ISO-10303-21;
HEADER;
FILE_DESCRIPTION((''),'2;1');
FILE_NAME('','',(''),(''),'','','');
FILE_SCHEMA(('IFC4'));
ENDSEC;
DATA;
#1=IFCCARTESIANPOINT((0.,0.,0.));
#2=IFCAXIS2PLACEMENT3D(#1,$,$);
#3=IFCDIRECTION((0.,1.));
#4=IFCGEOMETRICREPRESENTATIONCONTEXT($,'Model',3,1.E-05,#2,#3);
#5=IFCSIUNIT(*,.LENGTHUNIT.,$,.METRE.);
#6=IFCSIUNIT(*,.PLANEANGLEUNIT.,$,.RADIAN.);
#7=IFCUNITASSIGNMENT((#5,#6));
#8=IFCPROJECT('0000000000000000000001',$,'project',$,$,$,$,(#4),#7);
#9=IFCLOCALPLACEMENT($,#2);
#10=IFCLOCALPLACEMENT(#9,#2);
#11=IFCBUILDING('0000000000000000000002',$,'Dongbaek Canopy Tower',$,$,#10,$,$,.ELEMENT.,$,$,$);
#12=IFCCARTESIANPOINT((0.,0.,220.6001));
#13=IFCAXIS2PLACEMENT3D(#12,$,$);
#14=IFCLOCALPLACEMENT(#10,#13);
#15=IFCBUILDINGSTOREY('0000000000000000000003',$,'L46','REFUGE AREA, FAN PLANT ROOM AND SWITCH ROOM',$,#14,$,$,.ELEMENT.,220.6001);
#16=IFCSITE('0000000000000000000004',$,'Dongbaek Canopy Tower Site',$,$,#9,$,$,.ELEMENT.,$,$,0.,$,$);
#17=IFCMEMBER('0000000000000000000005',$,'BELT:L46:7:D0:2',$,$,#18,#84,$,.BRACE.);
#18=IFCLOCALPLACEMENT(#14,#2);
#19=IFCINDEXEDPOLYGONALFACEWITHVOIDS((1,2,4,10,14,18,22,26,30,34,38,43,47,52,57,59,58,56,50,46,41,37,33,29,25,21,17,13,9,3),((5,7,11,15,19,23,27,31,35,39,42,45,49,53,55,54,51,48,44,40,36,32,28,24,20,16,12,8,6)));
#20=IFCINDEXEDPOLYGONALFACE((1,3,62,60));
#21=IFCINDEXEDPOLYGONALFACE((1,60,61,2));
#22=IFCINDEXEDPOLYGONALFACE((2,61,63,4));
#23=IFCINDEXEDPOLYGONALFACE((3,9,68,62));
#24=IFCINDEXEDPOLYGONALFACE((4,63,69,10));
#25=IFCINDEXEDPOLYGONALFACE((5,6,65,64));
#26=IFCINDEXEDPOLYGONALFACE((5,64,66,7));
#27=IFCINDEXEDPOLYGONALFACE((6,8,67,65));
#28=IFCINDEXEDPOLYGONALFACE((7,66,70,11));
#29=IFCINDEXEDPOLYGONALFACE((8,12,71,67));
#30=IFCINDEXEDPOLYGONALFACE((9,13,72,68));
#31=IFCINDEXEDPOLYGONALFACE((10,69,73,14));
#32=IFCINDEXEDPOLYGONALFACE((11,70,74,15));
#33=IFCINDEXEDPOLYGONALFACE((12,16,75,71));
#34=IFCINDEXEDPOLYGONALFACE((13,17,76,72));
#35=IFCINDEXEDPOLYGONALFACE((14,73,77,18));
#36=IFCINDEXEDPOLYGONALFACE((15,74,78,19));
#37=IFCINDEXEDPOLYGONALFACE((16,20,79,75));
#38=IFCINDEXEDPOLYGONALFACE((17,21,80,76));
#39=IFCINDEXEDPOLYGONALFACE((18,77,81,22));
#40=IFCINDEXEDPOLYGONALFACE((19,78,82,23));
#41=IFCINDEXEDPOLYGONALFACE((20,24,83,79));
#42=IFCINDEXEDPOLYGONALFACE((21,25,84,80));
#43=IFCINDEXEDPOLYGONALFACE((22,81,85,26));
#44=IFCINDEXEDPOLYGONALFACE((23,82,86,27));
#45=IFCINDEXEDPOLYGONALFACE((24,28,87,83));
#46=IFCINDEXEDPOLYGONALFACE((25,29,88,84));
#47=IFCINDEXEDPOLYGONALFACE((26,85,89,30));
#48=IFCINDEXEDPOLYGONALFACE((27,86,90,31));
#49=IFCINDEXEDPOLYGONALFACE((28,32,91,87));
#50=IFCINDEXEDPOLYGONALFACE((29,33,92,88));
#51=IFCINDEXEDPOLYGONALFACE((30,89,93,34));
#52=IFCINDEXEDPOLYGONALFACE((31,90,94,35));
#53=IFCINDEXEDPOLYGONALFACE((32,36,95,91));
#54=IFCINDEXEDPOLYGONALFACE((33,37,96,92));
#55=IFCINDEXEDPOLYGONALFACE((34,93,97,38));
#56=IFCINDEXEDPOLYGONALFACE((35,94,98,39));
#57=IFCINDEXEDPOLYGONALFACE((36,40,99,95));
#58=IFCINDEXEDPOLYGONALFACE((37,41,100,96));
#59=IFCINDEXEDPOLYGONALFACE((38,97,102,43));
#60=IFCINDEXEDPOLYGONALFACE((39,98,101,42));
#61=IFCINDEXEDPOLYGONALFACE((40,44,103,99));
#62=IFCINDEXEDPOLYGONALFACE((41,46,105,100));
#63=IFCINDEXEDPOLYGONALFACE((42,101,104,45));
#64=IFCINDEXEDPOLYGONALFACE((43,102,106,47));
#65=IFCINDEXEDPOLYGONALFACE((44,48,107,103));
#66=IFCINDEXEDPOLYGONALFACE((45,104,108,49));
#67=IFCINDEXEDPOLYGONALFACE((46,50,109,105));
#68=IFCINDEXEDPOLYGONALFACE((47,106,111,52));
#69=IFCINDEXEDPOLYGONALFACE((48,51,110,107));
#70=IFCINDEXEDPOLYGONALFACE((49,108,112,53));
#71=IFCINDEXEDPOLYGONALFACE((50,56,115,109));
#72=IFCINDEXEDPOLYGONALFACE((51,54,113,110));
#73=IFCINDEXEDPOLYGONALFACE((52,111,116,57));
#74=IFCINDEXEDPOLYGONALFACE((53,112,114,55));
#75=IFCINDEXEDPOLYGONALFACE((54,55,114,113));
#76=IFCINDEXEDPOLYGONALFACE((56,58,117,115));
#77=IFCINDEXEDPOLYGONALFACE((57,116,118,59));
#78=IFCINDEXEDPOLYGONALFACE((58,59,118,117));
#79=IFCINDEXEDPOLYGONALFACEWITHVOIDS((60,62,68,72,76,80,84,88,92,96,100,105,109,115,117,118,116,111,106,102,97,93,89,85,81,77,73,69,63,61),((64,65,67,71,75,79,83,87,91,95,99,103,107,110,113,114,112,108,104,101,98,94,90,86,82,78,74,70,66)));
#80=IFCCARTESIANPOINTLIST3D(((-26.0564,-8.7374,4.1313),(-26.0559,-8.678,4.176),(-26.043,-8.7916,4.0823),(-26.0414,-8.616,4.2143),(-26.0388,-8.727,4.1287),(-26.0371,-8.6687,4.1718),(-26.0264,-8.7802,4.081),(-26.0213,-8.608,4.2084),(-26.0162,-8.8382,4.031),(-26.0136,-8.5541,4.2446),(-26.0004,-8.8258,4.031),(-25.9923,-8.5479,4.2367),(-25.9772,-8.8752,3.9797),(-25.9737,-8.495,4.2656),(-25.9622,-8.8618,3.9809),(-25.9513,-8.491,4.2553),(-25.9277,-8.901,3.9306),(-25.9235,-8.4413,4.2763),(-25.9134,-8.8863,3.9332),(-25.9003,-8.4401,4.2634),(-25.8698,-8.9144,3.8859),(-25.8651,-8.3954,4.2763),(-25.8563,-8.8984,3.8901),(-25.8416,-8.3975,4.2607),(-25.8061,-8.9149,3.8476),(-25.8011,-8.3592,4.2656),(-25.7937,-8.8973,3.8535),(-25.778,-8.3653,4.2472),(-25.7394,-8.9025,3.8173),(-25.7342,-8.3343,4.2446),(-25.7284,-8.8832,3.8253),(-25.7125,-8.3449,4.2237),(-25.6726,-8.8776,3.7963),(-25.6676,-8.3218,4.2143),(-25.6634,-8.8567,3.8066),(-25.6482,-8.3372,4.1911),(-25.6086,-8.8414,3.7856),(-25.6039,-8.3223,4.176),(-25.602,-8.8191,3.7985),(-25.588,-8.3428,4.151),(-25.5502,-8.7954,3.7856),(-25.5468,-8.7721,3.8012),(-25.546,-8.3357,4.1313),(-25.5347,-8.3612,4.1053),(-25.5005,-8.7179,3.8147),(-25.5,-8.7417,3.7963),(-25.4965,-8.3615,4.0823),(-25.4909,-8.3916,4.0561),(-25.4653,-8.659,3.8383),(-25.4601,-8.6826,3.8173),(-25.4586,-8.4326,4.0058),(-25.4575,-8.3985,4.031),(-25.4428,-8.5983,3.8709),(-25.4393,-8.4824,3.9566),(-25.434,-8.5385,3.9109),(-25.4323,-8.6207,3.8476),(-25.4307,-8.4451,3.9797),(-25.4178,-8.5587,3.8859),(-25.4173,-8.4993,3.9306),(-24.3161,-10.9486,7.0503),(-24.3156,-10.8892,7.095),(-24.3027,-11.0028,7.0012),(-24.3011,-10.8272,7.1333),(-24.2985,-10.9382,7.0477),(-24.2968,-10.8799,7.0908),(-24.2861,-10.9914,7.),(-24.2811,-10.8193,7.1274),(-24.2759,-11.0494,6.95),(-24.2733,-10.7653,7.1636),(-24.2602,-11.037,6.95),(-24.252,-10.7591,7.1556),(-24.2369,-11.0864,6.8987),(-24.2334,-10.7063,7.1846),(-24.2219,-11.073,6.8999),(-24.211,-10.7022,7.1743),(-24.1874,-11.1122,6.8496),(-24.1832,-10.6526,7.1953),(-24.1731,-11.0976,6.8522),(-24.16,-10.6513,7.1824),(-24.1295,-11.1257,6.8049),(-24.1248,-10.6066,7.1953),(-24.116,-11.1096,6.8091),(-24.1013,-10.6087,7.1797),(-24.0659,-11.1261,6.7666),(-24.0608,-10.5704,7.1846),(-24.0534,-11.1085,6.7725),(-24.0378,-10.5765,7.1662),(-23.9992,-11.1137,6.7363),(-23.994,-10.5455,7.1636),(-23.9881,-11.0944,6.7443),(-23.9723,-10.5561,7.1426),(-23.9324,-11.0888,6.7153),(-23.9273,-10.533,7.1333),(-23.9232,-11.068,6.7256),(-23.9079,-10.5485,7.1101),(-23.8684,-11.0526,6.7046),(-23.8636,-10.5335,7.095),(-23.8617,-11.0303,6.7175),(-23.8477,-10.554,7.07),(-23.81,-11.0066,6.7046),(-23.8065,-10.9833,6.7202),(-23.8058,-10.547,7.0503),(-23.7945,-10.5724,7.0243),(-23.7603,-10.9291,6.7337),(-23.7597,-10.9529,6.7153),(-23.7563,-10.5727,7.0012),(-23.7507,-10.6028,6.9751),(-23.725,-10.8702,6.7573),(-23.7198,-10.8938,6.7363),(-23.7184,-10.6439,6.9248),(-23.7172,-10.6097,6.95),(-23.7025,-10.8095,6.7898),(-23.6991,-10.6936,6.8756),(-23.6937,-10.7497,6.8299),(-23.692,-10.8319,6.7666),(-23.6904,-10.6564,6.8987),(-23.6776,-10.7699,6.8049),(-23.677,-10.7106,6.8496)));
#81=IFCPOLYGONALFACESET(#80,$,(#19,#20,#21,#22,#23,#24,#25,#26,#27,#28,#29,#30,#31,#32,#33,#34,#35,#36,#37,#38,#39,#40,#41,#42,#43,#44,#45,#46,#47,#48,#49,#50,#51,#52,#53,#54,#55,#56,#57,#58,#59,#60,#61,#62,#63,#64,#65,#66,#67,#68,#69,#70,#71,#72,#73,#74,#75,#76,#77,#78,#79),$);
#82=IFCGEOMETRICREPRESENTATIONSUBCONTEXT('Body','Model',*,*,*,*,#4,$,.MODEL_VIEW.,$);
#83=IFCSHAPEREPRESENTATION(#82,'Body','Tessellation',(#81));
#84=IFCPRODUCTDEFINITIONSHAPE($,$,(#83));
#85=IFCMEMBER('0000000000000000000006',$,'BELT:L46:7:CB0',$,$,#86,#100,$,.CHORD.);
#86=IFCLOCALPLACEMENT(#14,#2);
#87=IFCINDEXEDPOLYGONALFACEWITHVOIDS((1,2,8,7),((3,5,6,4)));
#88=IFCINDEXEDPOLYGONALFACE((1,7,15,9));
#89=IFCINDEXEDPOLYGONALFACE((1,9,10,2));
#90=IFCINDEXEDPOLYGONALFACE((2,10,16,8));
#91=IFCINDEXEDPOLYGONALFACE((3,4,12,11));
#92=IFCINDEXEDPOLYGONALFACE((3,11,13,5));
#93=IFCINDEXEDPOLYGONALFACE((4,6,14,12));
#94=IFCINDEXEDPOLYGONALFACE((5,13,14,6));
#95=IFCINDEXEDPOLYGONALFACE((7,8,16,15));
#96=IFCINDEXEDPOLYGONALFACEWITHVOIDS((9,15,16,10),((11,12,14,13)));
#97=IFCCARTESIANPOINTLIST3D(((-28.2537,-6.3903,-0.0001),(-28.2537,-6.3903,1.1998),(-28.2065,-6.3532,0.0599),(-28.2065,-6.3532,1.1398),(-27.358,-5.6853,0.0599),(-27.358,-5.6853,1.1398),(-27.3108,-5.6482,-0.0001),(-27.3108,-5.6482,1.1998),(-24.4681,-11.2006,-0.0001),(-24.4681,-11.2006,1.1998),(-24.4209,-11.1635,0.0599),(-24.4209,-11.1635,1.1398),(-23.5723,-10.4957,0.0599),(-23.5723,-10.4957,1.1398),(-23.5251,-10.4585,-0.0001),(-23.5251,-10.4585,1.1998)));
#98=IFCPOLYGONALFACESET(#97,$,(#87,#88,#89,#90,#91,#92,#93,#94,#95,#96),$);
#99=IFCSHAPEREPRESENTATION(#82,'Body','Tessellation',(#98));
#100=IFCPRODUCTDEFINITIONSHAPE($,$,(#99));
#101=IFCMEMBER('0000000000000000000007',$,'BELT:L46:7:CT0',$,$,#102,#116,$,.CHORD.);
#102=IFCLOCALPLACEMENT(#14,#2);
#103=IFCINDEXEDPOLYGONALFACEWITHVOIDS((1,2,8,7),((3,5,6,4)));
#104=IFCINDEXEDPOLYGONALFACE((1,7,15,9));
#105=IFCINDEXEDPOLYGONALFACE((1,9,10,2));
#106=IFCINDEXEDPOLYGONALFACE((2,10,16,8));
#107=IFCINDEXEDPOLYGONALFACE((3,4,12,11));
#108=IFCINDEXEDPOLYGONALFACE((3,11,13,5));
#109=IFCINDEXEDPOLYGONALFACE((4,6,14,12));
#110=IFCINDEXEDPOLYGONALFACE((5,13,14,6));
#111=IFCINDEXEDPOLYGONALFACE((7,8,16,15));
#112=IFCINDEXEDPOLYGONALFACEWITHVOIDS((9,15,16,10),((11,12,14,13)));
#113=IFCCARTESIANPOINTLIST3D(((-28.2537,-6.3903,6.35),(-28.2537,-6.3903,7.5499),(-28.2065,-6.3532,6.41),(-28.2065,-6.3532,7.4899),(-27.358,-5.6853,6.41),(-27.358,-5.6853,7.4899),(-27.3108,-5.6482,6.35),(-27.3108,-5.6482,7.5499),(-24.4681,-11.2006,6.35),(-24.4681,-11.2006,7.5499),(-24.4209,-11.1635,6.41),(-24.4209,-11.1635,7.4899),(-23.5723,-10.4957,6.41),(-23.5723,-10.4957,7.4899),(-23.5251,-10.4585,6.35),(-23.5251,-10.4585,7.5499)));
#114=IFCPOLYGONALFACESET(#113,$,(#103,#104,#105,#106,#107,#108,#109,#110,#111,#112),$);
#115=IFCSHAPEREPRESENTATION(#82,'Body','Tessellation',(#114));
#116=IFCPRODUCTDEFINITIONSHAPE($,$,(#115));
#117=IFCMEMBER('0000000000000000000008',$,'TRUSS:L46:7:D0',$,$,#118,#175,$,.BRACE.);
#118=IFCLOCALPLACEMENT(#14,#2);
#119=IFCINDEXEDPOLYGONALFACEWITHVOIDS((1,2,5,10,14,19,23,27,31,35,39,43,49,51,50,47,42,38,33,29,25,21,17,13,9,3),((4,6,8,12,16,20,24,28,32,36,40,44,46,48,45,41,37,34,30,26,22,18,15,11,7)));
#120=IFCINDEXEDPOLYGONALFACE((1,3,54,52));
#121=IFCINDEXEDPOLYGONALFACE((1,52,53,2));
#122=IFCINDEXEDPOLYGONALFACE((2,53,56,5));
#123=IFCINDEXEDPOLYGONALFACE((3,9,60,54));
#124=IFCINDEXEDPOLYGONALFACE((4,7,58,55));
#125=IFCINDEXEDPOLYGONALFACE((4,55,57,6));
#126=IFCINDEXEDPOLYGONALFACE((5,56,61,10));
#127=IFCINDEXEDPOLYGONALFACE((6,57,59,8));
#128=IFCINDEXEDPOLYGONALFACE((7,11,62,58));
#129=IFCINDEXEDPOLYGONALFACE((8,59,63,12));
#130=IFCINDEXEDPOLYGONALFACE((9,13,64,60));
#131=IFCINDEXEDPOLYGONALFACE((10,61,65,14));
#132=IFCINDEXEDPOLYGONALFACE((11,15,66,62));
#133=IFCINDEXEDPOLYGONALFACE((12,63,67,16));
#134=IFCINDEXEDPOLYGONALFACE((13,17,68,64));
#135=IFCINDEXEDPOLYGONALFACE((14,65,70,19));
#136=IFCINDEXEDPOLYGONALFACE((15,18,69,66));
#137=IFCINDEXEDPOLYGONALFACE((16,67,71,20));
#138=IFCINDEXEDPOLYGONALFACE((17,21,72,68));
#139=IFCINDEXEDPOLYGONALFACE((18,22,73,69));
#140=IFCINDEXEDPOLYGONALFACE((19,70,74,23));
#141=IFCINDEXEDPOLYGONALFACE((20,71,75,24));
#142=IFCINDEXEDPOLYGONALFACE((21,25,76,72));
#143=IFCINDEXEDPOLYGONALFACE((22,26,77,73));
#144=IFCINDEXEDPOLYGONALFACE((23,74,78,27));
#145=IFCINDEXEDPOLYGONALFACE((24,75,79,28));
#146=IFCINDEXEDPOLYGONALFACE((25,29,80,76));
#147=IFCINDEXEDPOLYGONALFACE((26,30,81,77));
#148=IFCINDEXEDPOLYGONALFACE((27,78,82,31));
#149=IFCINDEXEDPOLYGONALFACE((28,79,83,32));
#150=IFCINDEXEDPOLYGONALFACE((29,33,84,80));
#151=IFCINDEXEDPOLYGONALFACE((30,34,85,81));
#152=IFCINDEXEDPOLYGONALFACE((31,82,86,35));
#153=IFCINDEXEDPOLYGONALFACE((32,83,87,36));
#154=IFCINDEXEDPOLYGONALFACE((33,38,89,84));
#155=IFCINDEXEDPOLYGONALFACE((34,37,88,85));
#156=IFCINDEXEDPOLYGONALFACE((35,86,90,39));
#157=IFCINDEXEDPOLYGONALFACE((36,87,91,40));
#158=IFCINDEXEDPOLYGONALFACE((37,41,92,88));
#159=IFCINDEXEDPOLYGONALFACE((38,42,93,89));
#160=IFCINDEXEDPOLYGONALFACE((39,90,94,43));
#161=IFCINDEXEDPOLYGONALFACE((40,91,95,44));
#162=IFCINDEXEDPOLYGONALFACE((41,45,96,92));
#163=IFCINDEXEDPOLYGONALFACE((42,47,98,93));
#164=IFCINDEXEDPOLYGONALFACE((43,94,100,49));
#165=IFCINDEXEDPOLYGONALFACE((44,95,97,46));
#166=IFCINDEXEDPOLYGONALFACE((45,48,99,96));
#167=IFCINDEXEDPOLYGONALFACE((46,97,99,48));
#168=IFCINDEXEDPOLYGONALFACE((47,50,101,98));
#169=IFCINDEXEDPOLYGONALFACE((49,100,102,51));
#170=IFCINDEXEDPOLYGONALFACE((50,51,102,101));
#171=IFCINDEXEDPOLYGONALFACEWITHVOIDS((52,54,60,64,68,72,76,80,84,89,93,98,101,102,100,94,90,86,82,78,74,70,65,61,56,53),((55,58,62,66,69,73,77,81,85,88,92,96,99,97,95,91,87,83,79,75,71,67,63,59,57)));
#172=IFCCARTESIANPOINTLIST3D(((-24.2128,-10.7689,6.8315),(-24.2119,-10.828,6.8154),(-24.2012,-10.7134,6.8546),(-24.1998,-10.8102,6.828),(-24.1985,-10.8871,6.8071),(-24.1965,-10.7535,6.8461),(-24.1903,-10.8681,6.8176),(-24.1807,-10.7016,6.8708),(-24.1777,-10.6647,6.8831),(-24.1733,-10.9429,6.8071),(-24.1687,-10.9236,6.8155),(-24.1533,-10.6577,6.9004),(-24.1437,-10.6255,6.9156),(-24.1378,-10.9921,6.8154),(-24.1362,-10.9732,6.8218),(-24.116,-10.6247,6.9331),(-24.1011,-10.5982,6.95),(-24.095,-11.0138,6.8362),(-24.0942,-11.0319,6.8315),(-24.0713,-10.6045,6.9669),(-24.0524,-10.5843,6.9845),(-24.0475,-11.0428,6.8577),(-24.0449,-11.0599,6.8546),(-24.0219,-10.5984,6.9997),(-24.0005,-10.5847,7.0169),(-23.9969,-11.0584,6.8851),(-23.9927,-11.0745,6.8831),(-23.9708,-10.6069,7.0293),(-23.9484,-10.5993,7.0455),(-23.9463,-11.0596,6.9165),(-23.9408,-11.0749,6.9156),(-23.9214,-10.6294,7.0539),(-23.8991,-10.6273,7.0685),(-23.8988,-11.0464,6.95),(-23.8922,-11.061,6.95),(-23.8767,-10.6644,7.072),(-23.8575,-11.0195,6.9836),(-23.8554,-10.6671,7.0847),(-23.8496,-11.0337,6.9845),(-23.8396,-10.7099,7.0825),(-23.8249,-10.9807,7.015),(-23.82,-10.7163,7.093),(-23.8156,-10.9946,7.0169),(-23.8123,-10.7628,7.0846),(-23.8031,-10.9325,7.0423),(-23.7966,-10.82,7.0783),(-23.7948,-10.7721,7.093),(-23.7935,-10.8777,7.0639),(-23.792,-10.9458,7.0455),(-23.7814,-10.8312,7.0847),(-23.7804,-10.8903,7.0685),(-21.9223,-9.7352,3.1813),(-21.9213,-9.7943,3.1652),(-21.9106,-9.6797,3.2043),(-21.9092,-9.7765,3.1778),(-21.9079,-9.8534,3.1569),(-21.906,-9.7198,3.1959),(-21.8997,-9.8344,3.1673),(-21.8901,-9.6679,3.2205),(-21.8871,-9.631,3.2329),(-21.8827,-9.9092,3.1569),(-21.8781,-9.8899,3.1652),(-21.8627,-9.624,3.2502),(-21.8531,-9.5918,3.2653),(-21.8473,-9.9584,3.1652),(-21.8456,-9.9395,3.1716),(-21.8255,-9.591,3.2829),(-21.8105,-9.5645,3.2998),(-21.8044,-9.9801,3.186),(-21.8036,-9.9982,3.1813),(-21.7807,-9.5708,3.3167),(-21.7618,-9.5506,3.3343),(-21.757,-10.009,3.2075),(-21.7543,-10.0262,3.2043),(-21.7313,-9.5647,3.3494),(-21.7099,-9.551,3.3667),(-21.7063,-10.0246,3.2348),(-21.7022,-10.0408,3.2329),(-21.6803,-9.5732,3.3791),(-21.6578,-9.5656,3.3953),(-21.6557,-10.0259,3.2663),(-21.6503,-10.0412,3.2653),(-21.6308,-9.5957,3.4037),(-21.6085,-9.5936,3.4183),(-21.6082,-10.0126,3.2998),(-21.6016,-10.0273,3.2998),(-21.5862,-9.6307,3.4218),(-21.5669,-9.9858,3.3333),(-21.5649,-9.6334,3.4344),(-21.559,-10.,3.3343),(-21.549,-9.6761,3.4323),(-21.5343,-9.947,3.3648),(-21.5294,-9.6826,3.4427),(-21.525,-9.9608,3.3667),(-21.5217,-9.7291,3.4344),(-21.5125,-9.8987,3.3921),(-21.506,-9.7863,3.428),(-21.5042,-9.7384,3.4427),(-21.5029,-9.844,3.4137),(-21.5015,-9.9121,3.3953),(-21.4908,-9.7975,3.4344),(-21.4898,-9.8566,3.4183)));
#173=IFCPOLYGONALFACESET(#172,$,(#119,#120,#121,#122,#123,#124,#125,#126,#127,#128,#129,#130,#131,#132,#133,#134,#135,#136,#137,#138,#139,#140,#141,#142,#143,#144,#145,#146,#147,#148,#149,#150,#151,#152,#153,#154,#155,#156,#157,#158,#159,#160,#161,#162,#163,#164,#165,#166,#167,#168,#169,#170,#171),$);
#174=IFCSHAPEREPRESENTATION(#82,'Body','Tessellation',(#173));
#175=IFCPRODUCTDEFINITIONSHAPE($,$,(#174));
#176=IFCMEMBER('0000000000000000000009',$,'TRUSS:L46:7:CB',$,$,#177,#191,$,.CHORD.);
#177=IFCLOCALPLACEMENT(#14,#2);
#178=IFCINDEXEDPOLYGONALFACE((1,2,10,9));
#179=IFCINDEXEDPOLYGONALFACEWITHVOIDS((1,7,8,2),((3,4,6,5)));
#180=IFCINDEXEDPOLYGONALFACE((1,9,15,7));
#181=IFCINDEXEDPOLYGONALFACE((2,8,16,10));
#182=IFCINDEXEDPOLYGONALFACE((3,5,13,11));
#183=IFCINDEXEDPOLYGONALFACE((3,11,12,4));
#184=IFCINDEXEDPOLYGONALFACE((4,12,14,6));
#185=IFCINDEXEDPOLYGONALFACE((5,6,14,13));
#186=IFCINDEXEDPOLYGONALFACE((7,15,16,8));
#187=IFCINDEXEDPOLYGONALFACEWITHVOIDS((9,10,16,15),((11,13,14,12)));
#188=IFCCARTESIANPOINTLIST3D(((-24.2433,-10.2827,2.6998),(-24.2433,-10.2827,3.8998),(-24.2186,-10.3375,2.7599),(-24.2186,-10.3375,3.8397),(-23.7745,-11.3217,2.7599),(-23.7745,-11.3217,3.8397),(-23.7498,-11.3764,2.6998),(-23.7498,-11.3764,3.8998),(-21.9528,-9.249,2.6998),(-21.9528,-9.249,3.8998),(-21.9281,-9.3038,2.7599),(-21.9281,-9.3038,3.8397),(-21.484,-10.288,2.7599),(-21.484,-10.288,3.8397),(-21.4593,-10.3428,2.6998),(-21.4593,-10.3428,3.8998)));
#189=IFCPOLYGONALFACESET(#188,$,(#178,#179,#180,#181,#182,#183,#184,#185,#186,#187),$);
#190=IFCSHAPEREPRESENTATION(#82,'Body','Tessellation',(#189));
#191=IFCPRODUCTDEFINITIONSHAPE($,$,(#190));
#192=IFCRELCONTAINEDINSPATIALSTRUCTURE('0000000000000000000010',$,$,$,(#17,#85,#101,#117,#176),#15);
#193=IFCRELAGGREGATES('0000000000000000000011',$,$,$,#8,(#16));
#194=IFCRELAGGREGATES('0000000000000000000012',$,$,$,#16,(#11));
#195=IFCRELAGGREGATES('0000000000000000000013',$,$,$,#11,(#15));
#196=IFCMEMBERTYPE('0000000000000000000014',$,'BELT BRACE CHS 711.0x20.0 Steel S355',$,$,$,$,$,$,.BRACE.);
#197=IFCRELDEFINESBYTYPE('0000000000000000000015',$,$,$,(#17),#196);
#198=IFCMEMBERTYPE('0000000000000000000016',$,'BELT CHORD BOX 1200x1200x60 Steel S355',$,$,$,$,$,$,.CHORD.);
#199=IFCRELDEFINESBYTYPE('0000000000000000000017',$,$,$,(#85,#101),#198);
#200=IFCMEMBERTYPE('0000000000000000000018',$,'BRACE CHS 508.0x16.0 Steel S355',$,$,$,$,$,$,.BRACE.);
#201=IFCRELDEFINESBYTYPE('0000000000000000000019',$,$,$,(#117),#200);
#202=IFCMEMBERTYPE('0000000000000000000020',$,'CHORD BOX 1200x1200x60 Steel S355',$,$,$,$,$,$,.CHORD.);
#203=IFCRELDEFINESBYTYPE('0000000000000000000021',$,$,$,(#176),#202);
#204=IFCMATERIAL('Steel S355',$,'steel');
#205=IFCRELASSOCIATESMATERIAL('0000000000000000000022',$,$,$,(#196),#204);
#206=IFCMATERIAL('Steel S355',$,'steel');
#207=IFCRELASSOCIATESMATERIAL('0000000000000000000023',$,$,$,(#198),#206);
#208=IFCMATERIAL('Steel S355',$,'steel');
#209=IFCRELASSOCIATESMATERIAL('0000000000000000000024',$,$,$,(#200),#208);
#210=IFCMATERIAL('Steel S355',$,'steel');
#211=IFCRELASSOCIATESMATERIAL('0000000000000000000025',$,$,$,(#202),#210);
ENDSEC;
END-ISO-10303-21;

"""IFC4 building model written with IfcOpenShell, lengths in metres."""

from ifc_helpers import new_model, si_unit, direction, frame, origin, origin_2d, place, context, subcontext, project, spatial, hollow_rectangle, hollow_circle, extrude, material, material_profile, profile_set, type_object, element, save


model = new_model("IFC4")

# Units and contexts
model_context = context("Model", 3, precision=1e-05, world=origin(), true_north=direction((0.0, 1.0)))
body_context = subcontext(model_context, "Body", "Model", "MODEL_VIEW")
ifc_project = project(units=[si_unit("LENGTHUNIT", "METRE"), si_unit("PLANEANGLEUNIT", "RADIAN")], contexts=[model_context])

# Site, building, storey
site_placement = place(None, origin())
site = spatial("IfcSite", under=ifc_project, at=site_placement, Name="Dongbaek Canopy Tower Site", CompositionType="ELEMENT", RefElevation=0.0)
building_placement = place(site_placement, origin())
building = spatial("IfcBuilding", under=site, at=building_placement, Name="Dongbaek Canopy Tower", CompositionType="ELEMENT")
storey_placement = place(building_placement, frame((0.0, 0.0, 220.6001)))
storey = spatial("IfcBuildingStorey", under=building, at=storey_placement, Name="L46", Description="REFUGE AREA, FAN PLANT ROOM AND SWITCH ROOM", CompositionType="ELEMENT", Elevation=220.6001)

# Members
ifc_material_1 = material(Name="Steel S355", Category="steel")
ifc_material_profile_1 = material_profile(ifc_material_1, hollow_circle(Radius=0.3555, WallThickness=0.02, at=origin_2d()), Name="BELT BRACE CHS 711.0x20.0 Steel S355")
ifc_profile_set_1 = profile_set([ifc_material_profile_1], Name="Steel S355")
member_type_1 = type_object("IfcMemberType", Name="BELT BRACE CHS 711.0x20.0 Steel S355", PredefinedType="BRACE", material=ifc_profile_set_1)
member_1_placement = place(storey_placement, frame((-23.9966, -10.8296, 6.95), z_axis=(-0.429224, 0.545381, -0.719949), x_axis=(-0.785821, -0.618454, 0.0)))
element("IfcMember", 1, at=member_1_placement, inside=storey, type_object=member_type_1, Name="BELT:L46:7:D0:2", PredefinedType="BRACE", context=body_context, shape_type="SweptSolid", body=[
    extrude(hollow_circle(Radius=0.3555, WallThickness=0.02, at=origin_2d()), origin(), (0.0, 0.0, 1.0), 4.0544),
])
ifc_material_2 = material(Name="Steel S355", Category="steel")
ifc_material_profile_2 = material_profile(ifc_material_2, hollow_rectangle(XDim=1.2, YDim=1.2, WallThickness=0.0601, at=origin_2d()), Name="BELT CHORD BOX 1200x1200x60 Steel S355")
ifc_profile_set_2 = profile_set([ifc_material_profile_2], Name="Steel S355")
member_type_2 = type_object("IfcMemberType", Name="BELT CHORD BOX 1200x1200x60 Steel S355", PredefinedType="CHORD", material=ifc_profile_set_2)
for number, where, z_axis, x_axis, name in (
    (2, (-23.9966, -10.8296, 0.5999), (-0.61844, 0.785832, 0.0), (-0.785832, -0.61844, 0.0), "BELT:L46:7:CB0"),
    (3, (-23.9966, -10.8296, 6.95), (-0.61844, 0.785832, 0.0), (-0.785832, -0.61844, 0.0), "BELT:L46:7:CT0"),
):
    element("IfcMember", number, at=place(storey_placement, frame(where, z_axis=z_axis, x_axis=x_axis)), inside=storey, type_object=member_type_2, Name=name, PredefinedType="CHORD", context=body_context, shape_type="SweptSolid", body=[
        extrude(hollow_rectangle(XDim=1.2, YDim=1.2, WallThickness=0.0601, at=origin_2d()), origin(), (0.0, 0.0, 1.0), 6.1213),
    ])
ifc_material_3 = material(Name="Steel S355", Category="steel")
ifc_material_profile_3 = material_profile(ifc_material_3, hollow_circle(Radius=0.2539, WallThickness=0.0161, at=origin_2d()), Name="BRACE CHS 508.0x16.0 Steel S355")
ifc_profile_set_3 = profile_set([ifc_material_profile_3], Name="Steel S355")
member_type_3 = type_object("IfcMemberType", Name="BRACE CHS 508.0x16.0 Steel S355", PredefinedType="BRACE", material=ifc_profile_set_3)
member_2_placement = place(storey_placement, frame((-21.7061, -9.7959, 3.2998), z_axis=(-0.516869, -0.233257, 0.823673), x_axis=(0.411342, -0.911481, 0.0)))
element("IfcMember", 4, at=member_2_placement, inside=storey, type_object=member_type_3, Name="TRUSS:L46:7:D0", PredefinedType="BRACE", context=body_context, shape_type="SweptSolid", body=[
    extrude(hollow_circle(Radius=0.2539, WallThickness=0.0161, at=origin_2d()), origin(), (0.0, 0.0, 1.0), 4.4316),
])
ifc_material_4 = material(Name="Steel S355", Category="steel")
ifc_material_profile_4 = material_profile(ifc_material_4, hollow_rectangle(XDim=1.2, YDim=1.2, WallThickness=0.0601, at=origin_2d()), Name="CHORD BOX 1200x1200x60 Steel S355")
ifc_profile_set_4 = profile_set([ifc_material_profile_4], Name="Steel S355")
member_type_4 = type_object("IfcMemberType", Name="CHORD BOX 1200x1200x60 Steel S355", PredefinedType="CHORD", material=ifc_profile_set_4)
for number, where, z_axis, x_axis, name in (
    (5, (-21.7061, -9.7959, 3.2998), (-0.911481, -0.411342, 0.0), (0.411342, -0.911481, 0.0), "TRUSS:L46:7:CB"),
):
    element("IfcMember", number, at=place(storey_placement, frame(where, z_axis=z_axis, x_axis=x_axis)), inside=storey, type_object=member_type_4, Name=name, PredefinedType="CHORD", context=body_context, shape_type="SweptSolid", body=[
        extrude(hollow_rectangle(XDim=1.2, YDim=1.2, WallThickness=0.0601, at=origin_2d()), origin(), (0.0, 0.0, 1.0), 2.5129),
    ])

save(model, "model.ifc")
